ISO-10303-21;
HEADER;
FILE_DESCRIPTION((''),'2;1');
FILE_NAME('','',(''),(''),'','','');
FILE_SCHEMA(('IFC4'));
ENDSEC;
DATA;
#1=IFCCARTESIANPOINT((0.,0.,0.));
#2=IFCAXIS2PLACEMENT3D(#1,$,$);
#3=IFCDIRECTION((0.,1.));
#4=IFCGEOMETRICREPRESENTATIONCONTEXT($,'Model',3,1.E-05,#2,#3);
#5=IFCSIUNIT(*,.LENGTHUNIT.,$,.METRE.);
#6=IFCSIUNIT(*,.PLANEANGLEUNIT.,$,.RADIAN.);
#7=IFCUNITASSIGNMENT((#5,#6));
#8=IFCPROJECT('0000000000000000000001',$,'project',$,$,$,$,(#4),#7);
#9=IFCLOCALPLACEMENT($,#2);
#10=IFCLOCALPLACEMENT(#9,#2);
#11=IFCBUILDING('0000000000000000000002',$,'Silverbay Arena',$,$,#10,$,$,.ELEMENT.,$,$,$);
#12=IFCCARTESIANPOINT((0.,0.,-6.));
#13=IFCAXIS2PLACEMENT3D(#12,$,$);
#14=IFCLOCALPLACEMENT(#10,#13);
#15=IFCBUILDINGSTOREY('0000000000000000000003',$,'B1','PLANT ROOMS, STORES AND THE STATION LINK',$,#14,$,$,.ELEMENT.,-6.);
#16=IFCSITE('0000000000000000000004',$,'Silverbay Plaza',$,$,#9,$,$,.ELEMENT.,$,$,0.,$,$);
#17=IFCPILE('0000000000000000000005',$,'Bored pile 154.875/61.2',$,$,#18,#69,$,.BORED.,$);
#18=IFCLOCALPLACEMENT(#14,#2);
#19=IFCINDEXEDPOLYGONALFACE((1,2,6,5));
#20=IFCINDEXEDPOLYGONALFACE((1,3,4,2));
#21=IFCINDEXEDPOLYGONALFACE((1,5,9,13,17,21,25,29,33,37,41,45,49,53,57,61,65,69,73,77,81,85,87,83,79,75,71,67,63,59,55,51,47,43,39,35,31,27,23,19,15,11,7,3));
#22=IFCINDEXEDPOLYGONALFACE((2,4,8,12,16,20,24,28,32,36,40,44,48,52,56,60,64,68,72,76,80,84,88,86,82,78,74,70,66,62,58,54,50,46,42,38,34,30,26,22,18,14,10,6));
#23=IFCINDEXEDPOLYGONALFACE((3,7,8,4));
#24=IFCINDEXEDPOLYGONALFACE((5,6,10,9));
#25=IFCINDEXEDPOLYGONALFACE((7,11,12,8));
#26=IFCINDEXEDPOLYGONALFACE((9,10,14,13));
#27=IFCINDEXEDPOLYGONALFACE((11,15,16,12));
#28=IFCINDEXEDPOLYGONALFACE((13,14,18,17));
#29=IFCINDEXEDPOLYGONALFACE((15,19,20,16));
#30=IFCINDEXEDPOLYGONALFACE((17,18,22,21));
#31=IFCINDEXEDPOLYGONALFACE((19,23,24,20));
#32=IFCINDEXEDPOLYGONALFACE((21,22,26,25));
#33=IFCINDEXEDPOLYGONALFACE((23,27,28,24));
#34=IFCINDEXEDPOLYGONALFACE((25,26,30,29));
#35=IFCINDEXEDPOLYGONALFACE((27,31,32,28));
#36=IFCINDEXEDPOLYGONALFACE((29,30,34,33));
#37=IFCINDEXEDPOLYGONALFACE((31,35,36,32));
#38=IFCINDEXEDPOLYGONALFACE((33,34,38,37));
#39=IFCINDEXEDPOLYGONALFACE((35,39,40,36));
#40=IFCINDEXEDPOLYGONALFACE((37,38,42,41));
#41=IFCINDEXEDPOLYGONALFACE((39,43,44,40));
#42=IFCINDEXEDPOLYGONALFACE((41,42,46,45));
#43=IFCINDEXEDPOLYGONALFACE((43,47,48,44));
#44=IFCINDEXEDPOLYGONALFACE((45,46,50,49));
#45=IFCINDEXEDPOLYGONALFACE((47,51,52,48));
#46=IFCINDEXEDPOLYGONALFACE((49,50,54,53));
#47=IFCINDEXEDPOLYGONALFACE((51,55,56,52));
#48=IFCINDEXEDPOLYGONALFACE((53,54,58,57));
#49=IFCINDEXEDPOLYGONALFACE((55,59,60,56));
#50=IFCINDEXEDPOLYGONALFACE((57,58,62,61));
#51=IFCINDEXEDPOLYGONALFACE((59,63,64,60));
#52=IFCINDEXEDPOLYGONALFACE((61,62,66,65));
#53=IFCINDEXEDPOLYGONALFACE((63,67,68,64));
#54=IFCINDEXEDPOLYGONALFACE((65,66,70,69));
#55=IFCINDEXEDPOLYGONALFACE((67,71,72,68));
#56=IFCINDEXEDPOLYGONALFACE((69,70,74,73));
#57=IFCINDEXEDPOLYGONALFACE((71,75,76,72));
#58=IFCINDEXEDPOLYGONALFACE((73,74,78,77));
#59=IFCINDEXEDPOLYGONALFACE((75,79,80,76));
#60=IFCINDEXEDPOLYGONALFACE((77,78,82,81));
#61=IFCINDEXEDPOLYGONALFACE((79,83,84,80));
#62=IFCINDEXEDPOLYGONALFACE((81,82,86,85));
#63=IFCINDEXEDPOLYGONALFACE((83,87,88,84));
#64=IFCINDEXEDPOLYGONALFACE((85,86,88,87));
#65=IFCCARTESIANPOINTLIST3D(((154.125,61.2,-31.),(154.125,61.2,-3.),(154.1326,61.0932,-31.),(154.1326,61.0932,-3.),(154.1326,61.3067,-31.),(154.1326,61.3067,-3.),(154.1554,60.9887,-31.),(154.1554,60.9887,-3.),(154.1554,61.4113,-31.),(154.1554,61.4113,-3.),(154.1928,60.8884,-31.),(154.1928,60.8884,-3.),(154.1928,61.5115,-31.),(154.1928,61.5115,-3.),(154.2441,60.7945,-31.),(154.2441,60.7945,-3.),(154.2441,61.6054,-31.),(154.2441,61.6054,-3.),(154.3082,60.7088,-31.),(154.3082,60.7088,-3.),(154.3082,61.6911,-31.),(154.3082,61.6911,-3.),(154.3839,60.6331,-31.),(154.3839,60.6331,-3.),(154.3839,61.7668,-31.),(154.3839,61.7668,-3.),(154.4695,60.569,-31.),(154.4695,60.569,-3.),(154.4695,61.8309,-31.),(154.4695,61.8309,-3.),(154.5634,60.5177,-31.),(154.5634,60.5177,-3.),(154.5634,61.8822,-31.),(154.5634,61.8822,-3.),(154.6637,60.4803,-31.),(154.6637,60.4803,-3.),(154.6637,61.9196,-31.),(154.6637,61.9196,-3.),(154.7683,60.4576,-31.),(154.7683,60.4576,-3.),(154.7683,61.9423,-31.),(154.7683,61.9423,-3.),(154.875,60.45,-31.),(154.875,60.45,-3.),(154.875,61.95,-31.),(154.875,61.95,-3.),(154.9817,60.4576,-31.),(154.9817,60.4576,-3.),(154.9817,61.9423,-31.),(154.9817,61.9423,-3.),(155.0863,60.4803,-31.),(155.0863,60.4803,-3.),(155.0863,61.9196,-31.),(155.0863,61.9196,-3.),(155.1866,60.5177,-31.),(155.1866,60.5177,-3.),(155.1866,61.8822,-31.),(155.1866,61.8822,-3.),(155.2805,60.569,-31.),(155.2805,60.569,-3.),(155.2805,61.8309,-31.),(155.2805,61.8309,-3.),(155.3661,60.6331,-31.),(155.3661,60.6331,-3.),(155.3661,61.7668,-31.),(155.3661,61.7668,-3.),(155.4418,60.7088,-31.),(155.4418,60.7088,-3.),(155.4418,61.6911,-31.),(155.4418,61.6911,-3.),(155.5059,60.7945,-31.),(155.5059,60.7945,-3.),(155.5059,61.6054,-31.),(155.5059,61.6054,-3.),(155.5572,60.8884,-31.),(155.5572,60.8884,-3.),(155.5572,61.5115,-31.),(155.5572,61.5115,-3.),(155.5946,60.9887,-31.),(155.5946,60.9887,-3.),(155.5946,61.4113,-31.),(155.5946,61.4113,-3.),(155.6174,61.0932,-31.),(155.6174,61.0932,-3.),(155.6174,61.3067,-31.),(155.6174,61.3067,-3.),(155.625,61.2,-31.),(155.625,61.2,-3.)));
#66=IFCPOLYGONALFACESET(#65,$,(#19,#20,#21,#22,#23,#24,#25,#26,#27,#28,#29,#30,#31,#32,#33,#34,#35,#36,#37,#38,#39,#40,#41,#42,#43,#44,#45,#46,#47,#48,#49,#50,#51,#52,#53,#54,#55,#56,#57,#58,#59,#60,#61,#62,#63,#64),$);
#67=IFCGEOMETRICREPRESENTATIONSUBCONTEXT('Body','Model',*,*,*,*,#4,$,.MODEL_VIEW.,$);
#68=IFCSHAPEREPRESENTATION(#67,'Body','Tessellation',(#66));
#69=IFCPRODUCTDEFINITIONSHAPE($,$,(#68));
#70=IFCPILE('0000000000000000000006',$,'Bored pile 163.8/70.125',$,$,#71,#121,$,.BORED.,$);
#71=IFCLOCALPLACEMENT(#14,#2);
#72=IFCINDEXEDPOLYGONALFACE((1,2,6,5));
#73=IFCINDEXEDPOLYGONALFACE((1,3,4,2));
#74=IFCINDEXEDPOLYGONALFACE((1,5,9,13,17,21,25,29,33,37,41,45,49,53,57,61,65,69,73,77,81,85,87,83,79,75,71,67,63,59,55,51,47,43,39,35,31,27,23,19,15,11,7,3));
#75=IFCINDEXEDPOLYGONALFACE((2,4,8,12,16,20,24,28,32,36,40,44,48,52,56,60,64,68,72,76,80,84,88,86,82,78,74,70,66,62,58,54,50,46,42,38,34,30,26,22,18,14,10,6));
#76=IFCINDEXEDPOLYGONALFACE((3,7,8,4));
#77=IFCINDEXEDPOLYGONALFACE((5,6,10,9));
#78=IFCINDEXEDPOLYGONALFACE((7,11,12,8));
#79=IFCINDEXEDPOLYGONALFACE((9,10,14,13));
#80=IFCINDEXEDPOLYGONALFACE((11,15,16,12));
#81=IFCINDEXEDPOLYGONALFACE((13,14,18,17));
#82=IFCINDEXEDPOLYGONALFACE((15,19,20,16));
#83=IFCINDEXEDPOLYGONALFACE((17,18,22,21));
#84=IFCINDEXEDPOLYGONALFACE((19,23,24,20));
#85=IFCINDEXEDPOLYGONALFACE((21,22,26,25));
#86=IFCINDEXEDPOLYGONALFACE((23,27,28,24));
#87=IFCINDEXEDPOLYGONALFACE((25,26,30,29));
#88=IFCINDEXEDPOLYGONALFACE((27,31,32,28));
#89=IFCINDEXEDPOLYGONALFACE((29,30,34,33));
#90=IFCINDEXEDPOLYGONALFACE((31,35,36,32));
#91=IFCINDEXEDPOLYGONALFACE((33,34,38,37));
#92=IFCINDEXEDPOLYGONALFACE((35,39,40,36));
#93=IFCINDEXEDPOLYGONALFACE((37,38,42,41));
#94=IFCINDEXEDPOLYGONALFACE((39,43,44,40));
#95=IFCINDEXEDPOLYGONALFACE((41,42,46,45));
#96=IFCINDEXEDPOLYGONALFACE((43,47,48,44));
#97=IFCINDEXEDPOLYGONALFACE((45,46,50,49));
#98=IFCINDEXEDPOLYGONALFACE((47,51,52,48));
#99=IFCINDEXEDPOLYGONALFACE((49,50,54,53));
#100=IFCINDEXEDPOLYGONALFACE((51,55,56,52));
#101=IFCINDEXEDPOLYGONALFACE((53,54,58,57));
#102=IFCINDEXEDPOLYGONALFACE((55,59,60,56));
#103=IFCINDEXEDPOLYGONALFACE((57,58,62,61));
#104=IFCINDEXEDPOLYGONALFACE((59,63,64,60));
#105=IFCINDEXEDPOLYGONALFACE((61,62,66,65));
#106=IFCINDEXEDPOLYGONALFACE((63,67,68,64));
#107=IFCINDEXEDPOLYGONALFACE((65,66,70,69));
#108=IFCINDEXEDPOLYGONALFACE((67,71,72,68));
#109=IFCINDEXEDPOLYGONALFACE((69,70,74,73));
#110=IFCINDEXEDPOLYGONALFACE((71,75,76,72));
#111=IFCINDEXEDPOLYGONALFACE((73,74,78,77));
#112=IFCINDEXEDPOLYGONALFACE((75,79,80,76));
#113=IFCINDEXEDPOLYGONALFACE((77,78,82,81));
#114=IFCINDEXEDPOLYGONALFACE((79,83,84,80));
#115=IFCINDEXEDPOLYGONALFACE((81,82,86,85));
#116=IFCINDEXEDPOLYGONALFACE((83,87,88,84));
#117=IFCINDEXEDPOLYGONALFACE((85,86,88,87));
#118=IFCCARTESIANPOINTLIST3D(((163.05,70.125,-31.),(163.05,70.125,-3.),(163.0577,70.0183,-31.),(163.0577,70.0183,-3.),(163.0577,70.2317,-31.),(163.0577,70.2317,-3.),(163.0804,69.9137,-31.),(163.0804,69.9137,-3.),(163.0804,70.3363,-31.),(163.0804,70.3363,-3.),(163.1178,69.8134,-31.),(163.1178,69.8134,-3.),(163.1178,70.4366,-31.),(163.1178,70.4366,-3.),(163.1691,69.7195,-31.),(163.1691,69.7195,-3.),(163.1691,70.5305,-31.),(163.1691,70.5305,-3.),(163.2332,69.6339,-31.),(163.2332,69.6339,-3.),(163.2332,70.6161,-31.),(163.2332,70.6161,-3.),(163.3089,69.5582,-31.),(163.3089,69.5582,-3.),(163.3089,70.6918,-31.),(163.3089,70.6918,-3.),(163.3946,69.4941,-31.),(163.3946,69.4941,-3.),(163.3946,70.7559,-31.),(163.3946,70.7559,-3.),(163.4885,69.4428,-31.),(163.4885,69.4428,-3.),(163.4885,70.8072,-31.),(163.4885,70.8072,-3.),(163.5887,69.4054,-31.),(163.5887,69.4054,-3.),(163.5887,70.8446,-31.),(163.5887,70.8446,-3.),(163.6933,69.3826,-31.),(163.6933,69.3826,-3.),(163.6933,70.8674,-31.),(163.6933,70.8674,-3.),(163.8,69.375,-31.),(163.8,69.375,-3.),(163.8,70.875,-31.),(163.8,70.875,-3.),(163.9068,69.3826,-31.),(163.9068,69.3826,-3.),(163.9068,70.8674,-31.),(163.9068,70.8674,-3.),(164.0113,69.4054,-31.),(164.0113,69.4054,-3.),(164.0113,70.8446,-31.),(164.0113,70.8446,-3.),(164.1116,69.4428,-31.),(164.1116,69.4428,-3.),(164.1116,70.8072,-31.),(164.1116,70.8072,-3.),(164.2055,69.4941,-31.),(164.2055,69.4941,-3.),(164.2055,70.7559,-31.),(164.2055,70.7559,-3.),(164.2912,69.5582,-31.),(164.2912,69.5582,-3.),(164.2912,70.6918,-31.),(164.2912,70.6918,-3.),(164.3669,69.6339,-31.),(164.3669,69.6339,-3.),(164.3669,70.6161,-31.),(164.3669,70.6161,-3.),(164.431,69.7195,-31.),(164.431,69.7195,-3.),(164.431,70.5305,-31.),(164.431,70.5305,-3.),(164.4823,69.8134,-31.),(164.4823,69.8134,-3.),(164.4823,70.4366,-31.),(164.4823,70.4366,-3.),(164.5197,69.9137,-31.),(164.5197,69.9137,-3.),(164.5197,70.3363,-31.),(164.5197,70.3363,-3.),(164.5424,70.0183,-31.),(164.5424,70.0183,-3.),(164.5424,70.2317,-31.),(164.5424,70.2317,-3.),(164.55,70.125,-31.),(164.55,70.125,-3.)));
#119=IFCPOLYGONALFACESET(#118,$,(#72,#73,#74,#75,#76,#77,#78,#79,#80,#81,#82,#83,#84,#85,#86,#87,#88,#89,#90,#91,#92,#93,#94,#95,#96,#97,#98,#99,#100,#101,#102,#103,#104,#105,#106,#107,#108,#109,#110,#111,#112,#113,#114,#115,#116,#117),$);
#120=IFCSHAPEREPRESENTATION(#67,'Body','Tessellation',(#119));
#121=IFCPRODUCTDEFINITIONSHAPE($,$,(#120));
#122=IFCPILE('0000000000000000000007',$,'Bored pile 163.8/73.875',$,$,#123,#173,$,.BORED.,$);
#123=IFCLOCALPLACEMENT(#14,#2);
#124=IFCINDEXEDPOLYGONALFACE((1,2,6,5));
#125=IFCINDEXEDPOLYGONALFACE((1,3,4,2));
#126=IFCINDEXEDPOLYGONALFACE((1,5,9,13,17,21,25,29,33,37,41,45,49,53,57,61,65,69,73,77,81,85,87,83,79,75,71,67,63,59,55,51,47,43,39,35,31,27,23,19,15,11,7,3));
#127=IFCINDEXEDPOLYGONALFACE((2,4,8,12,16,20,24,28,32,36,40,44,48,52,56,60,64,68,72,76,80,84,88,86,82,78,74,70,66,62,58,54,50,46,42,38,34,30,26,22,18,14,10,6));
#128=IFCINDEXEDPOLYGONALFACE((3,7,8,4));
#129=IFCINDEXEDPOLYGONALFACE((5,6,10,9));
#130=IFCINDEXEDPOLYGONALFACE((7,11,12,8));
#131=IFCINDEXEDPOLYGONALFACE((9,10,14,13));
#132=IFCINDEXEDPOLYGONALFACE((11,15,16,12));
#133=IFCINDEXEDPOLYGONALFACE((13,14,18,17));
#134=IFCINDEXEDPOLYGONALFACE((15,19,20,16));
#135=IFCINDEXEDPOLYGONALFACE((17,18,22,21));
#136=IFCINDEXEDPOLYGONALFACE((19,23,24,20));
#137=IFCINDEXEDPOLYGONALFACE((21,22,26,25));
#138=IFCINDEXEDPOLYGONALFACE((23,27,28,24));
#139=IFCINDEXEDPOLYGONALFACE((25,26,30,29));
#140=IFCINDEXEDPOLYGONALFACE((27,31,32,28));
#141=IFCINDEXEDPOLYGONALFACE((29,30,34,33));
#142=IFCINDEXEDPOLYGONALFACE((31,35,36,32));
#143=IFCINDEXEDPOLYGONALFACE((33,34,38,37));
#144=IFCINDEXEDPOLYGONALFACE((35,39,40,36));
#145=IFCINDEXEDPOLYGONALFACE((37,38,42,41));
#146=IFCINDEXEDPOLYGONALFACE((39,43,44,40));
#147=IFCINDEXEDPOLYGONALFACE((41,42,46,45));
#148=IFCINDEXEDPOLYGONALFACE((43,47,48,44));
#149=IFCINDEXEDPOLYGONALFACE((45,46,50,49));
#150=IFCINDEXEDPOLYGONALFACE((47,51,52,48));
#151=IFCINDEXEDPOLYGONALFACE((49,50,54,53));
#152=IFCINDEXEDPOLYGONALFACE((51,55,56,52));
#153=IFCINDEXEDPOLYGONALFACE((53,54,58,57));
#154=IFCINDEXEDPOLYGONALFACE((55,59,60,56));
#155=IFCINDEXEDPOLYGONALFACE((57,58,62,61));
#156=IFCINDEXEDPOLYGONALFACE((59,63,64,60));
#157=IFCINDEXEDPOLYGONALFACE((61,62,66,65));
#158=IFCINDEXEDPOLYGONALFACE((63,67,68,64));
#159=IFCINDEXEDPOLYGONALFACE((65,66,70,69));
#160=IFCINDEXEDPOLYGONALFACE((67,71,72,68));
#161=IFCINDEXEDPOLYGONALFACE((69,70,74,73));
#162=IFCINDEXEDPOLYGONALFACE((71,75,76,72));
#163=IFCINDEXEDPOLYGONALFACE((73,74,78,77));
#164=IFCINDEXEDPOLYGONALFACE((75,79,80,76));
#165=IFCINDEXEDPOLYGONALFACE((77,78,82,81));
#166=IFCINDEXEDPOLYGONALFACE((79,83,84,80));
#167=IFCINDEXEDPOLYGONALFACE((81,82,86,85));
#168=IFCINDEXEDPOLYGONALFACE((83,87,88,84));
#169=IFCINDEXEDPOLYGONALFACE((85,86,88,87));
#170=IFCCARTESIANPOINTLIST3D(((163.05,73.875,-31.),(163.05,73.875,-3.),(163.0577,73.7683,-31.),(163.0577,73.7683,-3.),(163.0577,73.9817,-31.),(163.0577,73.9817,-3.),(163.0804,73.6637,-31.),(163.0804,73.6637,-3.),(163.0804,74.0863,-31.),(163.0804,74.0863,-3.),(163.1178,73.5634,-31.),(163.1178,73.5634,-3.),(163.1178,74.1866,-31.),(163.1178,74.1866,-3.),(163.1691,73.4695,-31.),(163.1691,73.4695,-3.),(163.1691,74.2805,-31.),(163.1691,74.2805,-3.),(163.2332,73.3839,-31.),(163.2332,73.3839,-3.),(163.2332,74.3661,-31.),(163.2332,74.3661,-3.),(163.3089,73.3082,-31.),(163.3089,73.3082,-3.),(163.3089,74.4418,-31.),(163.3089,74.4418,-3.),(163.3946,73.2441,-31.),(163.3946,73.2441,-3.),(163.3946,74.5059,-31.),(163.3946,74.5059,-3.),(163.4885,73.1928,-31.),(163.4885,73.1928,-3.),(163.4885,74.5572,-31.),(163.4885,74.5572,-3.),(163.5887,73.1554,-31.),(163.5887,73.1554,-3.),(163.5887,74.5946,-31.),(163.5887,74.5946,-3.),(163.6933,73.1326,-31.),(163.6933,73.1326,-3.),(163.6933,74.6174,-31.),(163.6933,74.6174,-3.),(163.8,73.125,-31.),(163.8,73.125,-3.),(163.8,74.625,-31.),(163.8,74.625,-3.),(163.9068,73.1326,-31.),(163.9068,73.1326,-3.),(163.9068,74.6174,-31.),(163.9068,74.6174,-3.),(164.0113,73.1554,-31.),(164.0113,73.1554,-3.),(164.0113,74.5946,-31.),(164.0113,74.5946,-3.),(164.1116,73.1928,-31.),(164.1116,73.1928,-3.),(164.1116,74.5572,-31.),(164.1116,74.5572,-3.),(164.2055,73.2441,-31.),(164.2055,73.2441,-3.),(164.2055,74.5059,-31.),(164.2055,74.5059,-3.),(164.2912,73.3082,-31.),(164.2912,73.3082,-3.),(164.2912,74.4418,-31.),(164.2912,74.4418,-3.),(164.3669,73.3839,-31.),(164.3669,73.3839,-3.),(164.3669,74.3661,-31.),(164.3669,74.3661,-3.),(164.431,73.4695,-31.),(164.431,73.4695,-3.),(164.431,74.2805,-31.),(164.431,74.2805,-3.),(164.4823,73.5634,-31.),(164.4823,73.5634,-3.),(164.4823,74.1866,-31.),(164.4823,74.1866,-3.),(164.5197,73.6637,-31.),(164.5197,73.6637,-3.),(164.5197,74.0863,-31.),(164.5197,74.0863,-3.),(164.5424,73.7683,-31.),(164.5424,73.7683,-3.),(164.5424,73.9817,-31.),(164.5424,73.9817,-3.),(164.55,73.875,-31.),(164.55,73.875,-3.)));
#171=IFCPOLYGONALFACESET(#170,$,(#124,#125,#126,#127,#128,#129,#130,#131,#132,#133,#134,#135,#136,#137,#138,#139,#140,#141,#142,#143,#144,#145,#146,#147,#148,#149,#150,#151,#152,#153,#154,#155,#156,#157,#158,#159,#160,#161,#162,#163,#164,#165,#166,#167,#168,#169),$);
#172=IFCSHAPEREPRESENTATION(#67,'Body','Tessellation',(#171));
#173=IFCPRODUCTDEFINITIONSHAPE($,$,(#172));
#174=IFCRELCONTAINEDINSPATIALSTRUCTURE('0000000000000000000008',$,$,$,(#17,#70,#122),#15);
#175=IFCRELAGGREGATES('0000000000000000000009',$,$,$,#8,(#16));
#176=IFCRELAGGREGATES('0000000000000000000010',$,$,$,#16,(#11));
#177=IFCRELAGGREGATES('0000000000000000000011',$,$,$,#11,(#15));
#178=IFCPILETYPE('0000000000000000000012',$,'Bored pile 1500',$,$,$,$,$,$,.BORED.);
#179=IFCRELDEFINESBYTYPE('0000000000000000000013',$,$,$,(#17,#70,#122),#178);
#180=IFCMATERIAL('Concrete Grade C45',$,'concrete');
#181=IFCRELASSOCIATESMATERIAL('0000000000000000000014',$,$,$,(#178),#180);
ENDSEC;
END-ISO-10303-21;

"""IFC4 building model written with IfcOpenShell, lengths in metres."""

from ifc_helpers import new_model, si_unit, direction, frame, origin, origin_2d, place, context, subcontext, project, spatial, circle, extrude, material, material_profile, profile_set, type_object, element, save


model = new_model("IFC4")

# Units and contexts
model_context = context("Model", 3, precision=1e-05, world=origin(), true_north=direction((0.0, 1.0)))
body_context = subcontext(model_context, "Body", "Model", "MODEL_VIEW")
ifc_project = project(units=[si_unit("LENGTHUNIT", "METRE"), si_unit("PLANEANGLEUNIT", "RADIAN")], contexts=[model_context])

# Site, building, storey
site_placement = place(None, origin())
site = spatial("IfcSite", under=ifc_project, at=site_placement, Name="Silverbay Plaza", CompositionType="ELEMENT", RefElevation=0.0)
building_placement = place(site_placement, origin())
building = spatial("IfcBuilding", under=site, at=building_placement, Name="Silverbay Arena", CompositionType="ELEMENT")
storey_placement = place(building_placement, frame((0.0, 0.0, -6.0)))
storey = spatial("IfcBuildingStorey", under=building, at=storey_placement, Name="B1", Description="PLANT ROOMS, STORES AND THE STATION LINK", CompositionType="ELEMENT", Elevation=-6.0)

# Piles
ifc_material_1 = material(Name="Concrete Grade C45", Category="concrete")
ifc_material_profile_1 = material_profile(ifc_material_1, circle(Radius=0.75, at=origin_2d()), Name="Bored pile 1500")
ifc_profile_set_1 = profile_set([ifc_material_profile_1], Name="Concrete Grade C45")
pile_type_1 = type_object("IfcPileType", Name="Bored pile 1500", PredefinedType="BORED", material=ifc_profile_set_1)
for number, where, z_axis, x_axis, name in (
    (1, (154.875, 61.2, -3.0), (0.0, 0.0, -1.0), (1.0, 0.0, 0.0), "Bored pile 154.875/61.2"),
    (2, (163.8, 70.125, -3.0), (0.0, 0.0, -1.0), (1.0, 0.0, 0.0), "Bored pile 163.8/70.125"),
    (3, (163.8, 73.875, -3.0), (0.0, 0.0, -1.0), (1.0, 0.0, 0.0), "Bored pile 163.8/73.875"),
):
    element("IfcPile", number, at=place(storey_placement, frame(where, z_axis=z_axis, x_axis=x_axis)), inside=storey, type_object=pile_type_1, Name=name, PredefinedType="BORED", context=body_context, shape_type="SweptSolid", body=[
        extrude(circle(Radius=0.75, at=origin_2d()), origin(), (0.0, 0.0, 1.0), 28.0),
    ])

save(model, "model.ifc")
